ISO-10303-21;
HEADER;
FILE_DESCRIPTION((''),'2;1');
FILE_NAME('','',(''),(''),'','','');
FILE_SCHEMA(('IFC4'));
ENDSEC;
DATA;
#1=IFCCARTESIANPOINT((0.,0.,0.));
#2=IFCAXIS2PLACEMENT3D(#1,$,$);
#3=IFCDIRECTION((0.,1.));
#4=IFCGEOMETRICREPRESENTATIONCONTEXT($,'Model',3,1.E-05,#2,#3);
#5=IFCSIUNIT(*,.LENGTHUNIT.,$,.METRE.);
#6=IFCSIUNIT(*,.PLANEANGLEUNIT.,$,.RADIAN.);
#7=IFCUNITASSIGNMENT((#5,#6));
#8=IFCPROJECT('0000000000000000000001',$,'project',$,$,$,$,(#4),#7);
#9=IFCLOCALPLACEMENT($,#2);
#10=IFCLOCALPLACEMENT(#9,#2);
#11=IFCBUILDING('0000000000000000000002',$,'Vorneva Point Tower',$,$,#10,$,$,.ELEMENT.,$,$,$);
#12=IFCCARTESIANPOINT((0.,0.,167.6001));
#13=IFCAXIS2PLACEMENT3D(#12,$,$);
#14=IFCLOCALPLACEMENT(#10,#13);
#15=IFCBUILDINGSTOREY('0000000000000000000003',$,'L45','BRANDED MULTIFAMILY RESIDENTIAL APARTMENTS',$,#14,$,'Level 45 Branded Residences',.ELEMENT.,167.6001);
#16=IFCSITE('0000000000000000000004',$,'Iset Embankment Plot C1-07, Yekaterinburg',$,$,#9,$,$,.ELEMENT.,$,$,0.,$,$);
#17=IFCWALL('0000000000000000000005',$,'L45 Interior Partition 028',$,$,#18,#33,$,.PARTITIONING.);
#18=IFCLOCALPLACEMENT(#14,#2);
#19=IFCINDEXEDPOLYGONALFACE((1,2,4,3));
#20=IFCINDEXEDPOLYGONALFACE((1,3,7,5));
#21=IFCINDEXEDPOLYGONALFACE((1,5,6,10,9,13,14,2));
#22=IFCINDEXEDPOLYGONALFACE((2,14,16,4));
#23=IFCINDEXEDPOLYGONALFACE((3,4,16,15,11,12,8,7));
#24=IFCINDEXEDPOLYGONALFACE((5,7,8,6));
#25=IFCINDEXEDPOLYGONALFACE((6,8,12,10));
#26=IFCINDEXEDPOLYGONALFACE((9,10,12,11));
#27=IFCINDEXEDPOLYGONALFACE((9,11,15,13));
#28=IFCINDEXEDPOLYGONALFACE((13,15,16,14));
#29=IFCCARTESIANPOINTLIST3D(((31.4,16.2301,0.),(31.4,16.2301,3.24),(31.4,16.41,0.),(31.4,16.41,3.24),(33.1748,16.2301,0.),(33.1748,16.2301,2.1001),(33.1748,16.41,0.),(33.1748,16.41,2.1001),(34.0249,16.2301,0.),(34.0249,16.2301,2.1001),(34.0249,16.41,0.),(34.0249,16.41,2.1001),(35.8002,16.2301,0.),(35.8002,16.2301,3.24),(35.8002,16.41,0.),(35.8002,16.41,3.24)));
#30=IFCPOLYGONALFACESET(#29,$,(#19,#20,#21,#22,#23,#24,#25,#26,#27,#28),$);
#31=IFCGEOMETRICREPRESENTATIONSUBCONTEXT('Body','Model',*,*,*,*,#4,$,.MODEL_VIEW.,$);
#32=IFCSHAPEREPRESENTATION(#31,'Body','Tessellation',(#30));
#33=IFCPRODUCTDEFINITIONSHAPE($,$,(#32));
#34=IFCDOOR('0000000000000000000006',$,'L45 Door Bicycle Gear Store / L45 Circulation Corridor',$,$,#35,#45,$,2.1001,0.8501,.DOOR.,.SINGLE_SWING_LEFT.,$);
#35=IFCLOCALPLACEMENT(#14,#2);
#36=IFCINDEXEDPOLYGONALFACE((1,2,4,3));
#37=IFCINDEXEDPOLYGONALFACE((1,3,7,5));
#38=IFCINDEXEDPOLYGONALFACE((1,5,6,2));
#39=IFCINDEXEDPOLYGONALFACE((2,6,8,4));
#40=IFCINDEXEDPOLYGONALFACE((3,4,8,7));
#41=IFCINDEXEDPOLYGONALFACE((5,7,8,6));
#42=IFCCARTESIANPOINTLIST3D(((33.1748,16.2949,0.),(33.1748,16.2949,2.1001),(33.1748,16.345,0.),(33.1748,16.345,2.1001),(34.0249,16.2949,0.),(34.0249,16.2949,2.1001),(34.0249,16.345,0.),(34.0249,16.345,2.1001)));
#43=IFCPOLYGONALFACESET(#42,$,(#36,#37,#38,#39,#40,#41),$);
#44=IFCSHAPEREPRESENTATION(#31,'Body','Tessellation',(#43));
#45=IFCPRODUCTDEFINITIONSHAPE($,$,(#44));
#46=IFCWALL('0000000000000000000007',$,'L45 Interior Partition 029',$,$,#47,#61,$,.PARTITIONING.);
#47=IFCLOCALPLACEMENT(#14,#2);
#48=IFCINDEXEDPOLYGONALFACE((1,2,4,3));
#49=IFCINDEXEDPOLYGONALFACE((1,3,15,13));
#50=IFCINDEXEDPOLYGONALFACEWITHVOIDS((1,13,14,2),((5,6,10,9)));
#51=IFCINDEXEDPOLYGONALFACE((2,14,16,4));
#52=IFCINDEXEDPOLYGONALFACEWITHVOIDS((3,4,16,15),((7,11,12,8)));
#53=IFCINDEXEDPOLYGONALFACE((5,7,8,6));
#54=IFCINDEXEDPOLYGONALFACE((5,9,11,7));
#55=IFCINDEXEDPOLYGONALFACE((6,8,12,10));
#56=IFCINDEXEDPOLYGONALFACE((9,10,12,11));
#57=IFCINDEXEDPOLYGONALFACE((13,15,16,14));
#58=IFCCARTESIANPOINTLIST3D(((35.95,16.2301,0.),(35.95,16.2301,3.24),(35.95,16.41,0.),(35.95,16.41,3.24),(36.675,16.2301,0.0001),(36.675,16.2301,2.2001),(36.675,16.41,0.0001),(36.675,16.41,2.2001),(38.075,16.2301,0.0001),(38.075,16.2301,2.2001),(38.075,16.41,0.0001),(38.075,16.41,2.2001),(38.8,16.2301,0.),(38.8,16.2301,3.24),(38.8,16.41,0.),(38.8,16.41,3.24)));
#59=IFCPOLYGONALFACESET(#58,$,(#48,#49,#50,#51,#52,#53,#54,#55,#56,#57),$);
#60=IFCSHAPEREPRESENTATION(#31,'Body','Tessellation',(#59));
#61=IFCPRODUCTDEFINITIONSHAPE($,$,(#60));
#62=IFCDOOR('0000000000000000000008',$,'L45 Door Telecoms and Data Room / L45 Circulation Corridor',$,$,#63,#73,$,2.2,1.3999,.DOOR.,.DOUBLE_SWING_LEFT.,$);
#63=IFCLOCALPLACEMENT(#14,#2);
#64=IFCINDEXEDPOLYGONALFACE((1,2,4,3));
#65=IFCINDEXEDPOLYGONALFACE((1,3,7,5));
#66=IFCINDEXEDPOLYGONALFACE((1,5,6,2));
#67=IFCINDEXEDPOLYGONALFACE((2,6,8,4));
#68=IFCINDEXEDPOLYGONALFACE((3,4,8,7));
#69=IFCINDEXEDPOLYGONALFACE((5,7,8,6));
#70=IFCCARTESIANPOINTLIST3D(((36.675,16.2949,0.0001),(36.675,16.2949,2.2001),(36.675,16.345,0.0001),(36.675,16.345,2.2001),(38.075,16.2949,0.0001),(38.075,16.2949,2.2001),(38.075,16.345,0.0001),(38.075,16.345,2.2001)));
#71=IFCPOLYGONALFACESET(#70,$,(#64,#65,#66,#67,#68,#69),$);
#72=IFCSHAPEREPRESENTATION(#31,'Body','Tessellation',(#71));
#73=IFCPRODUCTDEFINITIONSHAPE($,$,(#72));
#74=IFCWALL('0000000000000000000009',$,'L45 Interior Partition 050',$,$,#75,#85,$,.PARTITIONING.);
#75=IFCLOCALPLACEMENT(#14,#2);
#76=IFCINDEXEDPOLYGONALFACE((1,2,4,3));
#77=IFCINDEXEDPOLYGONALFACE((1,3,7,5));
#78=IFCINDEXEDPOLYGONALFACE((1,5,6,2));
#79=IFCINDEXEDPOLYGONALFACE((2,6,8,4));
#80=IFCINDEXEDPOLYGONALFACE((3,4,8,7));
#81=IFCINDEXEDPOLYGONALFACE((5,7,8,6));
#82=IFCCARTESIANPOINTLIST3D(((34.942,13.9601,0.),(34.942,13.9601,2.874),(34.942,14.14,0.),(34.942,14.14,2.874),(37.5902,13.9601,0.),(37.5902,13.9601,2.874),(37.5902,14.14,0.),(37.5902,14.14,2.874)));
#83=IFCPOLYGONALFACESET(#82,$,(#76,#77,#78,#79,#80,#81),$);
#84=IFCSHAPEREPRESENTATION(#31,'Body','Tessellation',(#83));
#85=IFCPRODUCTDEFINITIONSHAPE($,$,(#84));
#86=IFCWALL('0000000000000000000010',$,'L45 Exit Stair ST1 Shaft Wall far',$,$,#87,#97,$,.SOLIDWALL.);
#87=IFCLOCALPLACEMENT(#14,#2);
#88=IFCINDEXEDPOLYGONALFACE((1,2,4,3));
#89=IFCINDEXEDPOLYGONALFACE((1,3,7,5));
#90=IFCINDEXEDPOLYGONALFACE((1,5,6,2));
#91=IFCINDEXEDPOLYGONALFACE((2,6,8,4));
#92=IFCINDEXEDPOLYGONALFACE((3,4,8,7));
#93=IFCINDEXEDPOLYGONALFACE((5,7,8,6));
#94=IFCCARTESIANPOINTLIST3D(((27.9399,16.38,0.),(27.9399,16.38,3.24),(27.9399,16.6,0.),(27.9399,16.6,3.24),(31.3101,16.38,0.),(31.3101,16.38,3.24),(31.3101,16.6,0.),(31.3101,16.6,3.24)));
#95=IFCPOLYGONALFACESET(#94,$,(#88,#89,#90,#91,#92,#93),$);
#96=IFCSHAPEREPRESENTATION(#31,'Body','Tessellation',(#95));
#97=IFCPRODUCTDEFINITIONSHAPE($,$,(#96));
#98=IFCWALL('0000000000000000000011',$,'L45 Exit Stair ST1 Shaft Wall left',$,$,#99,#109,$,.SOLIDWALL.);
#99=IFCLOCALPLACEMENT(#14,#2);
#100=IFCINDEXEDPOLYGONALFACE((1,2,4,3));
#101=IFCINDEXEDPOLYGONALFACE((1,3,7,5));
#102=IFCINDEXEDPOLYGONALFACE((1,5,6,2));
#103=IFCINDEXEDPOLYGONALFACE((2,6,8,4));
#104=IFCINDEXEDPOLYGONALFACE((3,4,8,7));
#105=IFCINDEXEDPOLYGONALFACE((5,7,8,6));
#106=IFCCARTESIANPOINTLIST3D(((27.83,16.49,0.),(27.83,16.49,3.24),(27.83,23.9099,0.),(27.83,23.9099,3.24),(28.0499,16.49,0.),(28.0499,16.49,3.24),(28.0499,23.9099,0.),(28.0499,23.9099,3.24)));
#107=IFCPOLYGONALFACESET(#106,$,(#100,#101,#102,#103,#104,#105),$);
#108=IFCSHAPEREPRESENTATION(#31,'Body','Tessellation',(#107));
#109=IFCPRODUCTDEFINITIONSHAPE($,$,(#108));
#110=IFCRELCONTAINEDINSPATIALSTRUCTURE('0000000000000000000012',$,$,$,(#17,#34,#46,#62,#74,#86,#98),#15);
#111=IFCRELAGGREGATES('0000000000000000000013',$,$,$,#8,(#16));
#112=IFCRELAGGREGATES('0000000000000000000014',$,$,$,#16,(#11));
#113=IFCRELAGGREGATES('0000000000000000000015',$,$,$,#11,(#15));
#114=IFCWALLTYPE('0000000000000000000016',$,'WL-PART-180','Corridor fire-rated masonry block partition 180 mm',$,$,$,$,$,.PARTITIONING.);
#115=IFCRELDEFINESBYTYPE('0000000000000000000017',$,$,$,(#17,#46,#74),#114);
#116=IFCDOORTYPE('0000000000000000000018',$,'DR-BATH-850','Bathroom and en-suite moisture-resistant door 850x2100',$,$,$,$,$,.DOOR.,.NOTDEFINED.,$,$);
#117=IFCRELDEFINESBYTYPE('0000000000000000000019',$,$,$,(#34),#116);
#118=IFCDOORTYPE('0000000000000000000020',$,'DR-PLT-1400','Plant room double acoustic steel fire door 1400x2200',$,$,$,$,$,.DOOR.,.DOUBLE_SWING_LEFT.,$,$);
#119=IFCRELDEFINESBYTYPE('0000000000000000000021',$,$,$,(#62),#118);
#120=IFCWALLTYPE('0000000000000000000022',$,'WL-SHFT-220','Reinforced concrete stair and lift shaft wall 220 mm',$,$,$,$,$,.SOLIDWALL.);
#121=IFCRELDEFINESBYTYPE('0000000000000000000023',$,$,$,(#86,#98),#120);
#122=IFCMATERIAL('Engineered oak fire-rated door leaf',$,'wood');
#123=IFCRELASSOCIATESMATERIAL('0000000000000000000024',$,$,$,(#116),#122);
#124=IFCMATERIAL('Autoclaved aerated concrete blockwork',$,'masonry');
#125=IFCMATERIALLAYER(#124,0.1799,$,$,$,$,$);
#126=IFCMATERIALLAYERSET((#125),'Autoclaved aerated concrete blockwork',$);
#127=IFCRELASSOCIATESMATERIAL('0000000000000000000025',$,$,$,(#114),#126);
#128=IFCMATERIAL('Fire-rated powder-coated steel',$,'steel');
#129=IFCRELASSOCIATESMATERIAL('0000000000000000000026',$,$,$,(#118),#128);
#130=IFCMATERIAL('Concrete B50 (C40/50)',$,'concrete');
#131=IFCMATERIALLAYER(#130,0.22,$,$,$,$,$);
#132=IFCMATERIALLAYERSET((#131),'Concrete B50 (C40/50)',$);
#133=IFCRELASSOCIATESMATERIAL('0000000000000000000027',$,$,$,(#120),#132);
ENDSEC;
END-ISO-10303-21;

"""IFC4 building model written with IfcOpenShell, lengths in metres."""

from ifc_helpers import new_model, si_unit, direction, frame, frame_2d, origin, place, context, subcontext, project, spatial, rectangle, extrude, material, layer, layer_set, type_object, element, fill, save


model = new_model("IFC4")

# Units and contexts
model_context = context("Model", 3, precision=1e-05, world=origin(), true_north=direction((0.0, 1.0)))
body_context = subcontext(model_context, "Body", "Model", "MODEL_VIEW")
ifc_project = project(units=[si_unit("LENGTHUNIT", "METRE"), si_unit("PLANEANGLEUNIT", "RADIAN")], contexts=[model_context])

# Site, building, storey
site_placement = place(None, origin())
site = spatial("IfcSite", under=ifc_project, at=site_placement, Name="Iset Embankment Plot C1-07, Yekaterinburg", CompositionType="ELEMENT", RefElevation=0.0)
building_placement = place(site_placement, origin())
building = spatial("IfcBuilding", under=site, at=building_placement, Name="Vorneva Point Tower", CompositionType="ELEMENT")
storey_placement = place(building_placement, frame((0.0, 0.0, 167.6001)))
storey = spatial("IfcBuildingStorey", under=building, at=storey_placement, Name="L45", Description="BRANDED MULTIFAMILY RESIDENTIAL APARTMENTS", LongName="Level 45 Branded Residences", CompositionType="ELEMENT", Elevation=167.6001)

# Shared definitions
ifc_material_1 = material(Name="Engineered oak fire-rated door leaf", Category="wood")
door_type_1 = type_object("IfcDoorType", Name="DR-BATH-850", Description="Bathroom and en-suite moisture-resistant door 850x2100", OperationType="NOTDEFINED", PredefinedType="DOOR", material=ifc_material_1)

# Shared definitions
ifc_material_2 = material(Name="Autoclaved aerated concrete blockwork", Category="masonry")
ifc_layer_1 = layer(ifc_material_2, 0.1799)
ifc_layer_set_1 = layer_set([ifc_layer_1], Name="Autoclaved aerated concrete blockwork")
wall_type_1 = type_object("IfcWallType", Name="WL-PART-180", Description="Corridor fire-rated masonry block partition 180 mm", PredefinedType="PARTITIONING", material=ifc_layer_set_1)

# Walls, openings, doors
wall_1_placement = place(storey_placement, frame((31.3999, 16.3201, 0.0), z_axis=(0.0, 0.0, 1.0), x_axis=(1.0, 0.0, 0.0)))
wall_1 = element("IfcWall", 1, at=wall_1_placement, inside=storey, type_object=wall_type_1, Name="L45 Interior Partition 028", PredefinedType="PARTITIONING", context=body_context, shape_type="SweptSolid", body=[
    extrude(rectangle(XDim=4.4001, YDim=0.1799, at=frame_2d((2.2002, 0.0))), origin(), (0.0, 0.0, 1.0), 3.24),
])
opening_1_placement = place(wall_1_placement, frame((1.7749, 0.0, 0.0)))
opening_1 = element("IfcOpeningElement", 2, at=opening_1_placement, cuts=wall_1, PredefinedType="OPENING", context=body_context, shape_type="SweptSolid", body=[
    extrude(rectangle(XDim=0.8501, YDim=2.1001, at=frame_2d((0.425, 1.05))), frame((0.0, 0.105, 0.0), z_axis=(0.0, -1.0, 0.0), x_axis=(1.0, 0.0, 0.0)), (0.0, 0.0, 1.0), 0.2097),
])
door_1_placement = place(opening_1_placement, origin())
door_1 = element("IfcDoor", 3, at=door_1_placement, inside=storey, type_object=door_type_1, Name="L45 Door Bicycle Gear Store / L45 Circulation Corridor", OperationType="SINGLE_SWING_LEFT", OverallHeight=2.1001, OverallWidth=0.8501, PredefinedType="DOOR", context=body_context, shape_type="SweptSolid", body=[
    extrude(rectangle(XDim=0.8501, YDim=2.1001, at=frame_2d((0.425, 1.05))), frame((0.0, 0.0249, 0.0), z_axis=(0.0, -1.0, 0.0), x_axis=(1.0, 0.0, 0.0)), (0.0, 0.0, 1.0), 0.05),
])
fill(opening_1, door_1)
wall_2_placement = place(storey_placement, frame((35.95, 16.3201, 0.0), z_axis=(0.0, 0.0, 1.0), x_axis=(1.0, 0.0, 0.0)))
wall_2 = element("IfcWall", 4, at=wall_2_placement, inside=storey, type_object=wall_type_1, Name="L45 Interior Partition 029", PredefinedType="PARTITIONING", context=body_context, shape_type="SweptSolid", body=[
    extrude(rectangle(XDim=2.8501, YDim=0.1799, at=frame_2d((1.425, 0.0))), origin(), (0.0, 0.0, 1.0), 3.24),
])
opening_2_placement = place(wall_2_placement, frame((0.7251, 0.0, 0.0)))
opening_2 = element("IfcOpeningElement", 5, at=opening_2_placement, cuts=wall_2, PredefinedType="OPENING", context=body_context, shape_type="SweptSolid", body=[
    extrude(rectangle(XDim=1.3999, YDim=2.2, at=frame_2d((0.7, 1.1001))), frame((0.0, 0.105, 0.0), z_axis=(0.0, -1.0, 0.0), x_axis=(1.0, 0.0, 0.0)), (0.0, 0.0, 1.0), 0.2097),
])
ifc_material_3 = material(Name="Fire-rated powder-coated steel", Category="steel")
door_type_2 = type_object("IfcDoorType", Name="DR-PLT-1400", Description="Plant room double acoustic steel fire door 1400x2200", OperationType="DOUBLE_SWING_LEFT", PredefinedType="DOOR", material=ifc_material_3)
door_2_placement = place(opening_2_placement, origin())
door_2 = element("IfcDoor", 6, at=door_2_placement, inside=storey, type_object=door_type_2, Name="L45 Door Telecoms and Data Room / L45 Circulation Corridor", OperationType="DOUBLE_SWING_LEFT", OverallHeight=2.2, OverallWidth=1.3999, PredefinedType="DOOR", context=body_context, shape_type="SweptSolid", body=[
    extrude(rectangle(XDim=1.3999, YDim=2.2, at=frame_2d((0.7, 1.1001))), frame((0.0, 0.0249, 0.0), z_axis=(0.0, -1.0, 0.0), x_axis=(1.0, 0.0, 0.0)), (0.0, 0.0, 1.0), 0.05),
])
fill(opening_2, door_2)

# Walls
wall_3_placement = place(storey_placement, frame((34.9419, 14.05, 0.0), z_axis=(0.0, 0.0, 1.0), x_axis=(1.0, 0.0, 0.0)))
element("IfcWall", 7, at=wall_3_placement, inside=storey, type_object=wall_type_1, Name="L45 Interior Partition 050", PredefinedType="PARTITIONING", context=body_context, shape_type="SweptSolid", body=[
    extrude(rectangle(XDim=2.6482, YDim=0.1799, at=frame_2d((1.3242, 0.0))), origin(), (0.0, 0.0, 1.0), 2.874),
])
ifc_material_4 = material(Name="Concrete B50 (C40/50)", Category="concrete")
ifc_layer_2 = layer(ifc_material_4, 0.22)
ifc_layer_set_2 = layer_set([ifc_layer_2], Name="Concrete B50 (C40/50)")
wall_type_2 = type_object("IfcWallType", Name="WL-SHFT-220", Description="Reinforced concrete stair and lift shaft wall 220 mm", PredefinedType="SOLIDWALL", material=ifc_layer_set_2)
wall_4_placement = place(storey_placement, frame((31.3101, 16.49, 0.0), z_axis=(0.0, 0.0, 1.0), x_axis=(-1.0, 0.0, 0.0)))
element("IfcWall", 8, at=wall_4_placement, inside=storey, type_object=wall_type_2, Name="L45 Exit Stair ST1 Shaft Wall far", PredefinedType="SOLIDWALL", context=body_context, shape_type="SweptSolid", body=[
    extrude(rectangle(XDim=3.3701, YDim=0.22, at=frame_2d((1.6851, 0.0))), origin(), (0.0, 0.0, 1.0), 3.24),
])
wall_5_placement = place(storey_placement, frame((27.9399, 16.49, 0.0), z_axis=(0.0, 0.0, 1.0), x_axis=(0.0, 1.0, 0.0)))
element("IfcWall", 9, at=wall_5_placement, inside=storey, type_object=wall_type_2, Name="L45 Exit Stair ST1 Shaft Wall left", PredefinedType="SOLIDWALL", context=body_context, shape_type="SweptSolid", body=[
    extrude(rectangle(XDim=7.4199, YDim=0.22, at=frame_2d((3.71, 0.0))), origin(), (0.0, 0.0, 1.0), 3.24),
])

save(model, "model.ifc")
